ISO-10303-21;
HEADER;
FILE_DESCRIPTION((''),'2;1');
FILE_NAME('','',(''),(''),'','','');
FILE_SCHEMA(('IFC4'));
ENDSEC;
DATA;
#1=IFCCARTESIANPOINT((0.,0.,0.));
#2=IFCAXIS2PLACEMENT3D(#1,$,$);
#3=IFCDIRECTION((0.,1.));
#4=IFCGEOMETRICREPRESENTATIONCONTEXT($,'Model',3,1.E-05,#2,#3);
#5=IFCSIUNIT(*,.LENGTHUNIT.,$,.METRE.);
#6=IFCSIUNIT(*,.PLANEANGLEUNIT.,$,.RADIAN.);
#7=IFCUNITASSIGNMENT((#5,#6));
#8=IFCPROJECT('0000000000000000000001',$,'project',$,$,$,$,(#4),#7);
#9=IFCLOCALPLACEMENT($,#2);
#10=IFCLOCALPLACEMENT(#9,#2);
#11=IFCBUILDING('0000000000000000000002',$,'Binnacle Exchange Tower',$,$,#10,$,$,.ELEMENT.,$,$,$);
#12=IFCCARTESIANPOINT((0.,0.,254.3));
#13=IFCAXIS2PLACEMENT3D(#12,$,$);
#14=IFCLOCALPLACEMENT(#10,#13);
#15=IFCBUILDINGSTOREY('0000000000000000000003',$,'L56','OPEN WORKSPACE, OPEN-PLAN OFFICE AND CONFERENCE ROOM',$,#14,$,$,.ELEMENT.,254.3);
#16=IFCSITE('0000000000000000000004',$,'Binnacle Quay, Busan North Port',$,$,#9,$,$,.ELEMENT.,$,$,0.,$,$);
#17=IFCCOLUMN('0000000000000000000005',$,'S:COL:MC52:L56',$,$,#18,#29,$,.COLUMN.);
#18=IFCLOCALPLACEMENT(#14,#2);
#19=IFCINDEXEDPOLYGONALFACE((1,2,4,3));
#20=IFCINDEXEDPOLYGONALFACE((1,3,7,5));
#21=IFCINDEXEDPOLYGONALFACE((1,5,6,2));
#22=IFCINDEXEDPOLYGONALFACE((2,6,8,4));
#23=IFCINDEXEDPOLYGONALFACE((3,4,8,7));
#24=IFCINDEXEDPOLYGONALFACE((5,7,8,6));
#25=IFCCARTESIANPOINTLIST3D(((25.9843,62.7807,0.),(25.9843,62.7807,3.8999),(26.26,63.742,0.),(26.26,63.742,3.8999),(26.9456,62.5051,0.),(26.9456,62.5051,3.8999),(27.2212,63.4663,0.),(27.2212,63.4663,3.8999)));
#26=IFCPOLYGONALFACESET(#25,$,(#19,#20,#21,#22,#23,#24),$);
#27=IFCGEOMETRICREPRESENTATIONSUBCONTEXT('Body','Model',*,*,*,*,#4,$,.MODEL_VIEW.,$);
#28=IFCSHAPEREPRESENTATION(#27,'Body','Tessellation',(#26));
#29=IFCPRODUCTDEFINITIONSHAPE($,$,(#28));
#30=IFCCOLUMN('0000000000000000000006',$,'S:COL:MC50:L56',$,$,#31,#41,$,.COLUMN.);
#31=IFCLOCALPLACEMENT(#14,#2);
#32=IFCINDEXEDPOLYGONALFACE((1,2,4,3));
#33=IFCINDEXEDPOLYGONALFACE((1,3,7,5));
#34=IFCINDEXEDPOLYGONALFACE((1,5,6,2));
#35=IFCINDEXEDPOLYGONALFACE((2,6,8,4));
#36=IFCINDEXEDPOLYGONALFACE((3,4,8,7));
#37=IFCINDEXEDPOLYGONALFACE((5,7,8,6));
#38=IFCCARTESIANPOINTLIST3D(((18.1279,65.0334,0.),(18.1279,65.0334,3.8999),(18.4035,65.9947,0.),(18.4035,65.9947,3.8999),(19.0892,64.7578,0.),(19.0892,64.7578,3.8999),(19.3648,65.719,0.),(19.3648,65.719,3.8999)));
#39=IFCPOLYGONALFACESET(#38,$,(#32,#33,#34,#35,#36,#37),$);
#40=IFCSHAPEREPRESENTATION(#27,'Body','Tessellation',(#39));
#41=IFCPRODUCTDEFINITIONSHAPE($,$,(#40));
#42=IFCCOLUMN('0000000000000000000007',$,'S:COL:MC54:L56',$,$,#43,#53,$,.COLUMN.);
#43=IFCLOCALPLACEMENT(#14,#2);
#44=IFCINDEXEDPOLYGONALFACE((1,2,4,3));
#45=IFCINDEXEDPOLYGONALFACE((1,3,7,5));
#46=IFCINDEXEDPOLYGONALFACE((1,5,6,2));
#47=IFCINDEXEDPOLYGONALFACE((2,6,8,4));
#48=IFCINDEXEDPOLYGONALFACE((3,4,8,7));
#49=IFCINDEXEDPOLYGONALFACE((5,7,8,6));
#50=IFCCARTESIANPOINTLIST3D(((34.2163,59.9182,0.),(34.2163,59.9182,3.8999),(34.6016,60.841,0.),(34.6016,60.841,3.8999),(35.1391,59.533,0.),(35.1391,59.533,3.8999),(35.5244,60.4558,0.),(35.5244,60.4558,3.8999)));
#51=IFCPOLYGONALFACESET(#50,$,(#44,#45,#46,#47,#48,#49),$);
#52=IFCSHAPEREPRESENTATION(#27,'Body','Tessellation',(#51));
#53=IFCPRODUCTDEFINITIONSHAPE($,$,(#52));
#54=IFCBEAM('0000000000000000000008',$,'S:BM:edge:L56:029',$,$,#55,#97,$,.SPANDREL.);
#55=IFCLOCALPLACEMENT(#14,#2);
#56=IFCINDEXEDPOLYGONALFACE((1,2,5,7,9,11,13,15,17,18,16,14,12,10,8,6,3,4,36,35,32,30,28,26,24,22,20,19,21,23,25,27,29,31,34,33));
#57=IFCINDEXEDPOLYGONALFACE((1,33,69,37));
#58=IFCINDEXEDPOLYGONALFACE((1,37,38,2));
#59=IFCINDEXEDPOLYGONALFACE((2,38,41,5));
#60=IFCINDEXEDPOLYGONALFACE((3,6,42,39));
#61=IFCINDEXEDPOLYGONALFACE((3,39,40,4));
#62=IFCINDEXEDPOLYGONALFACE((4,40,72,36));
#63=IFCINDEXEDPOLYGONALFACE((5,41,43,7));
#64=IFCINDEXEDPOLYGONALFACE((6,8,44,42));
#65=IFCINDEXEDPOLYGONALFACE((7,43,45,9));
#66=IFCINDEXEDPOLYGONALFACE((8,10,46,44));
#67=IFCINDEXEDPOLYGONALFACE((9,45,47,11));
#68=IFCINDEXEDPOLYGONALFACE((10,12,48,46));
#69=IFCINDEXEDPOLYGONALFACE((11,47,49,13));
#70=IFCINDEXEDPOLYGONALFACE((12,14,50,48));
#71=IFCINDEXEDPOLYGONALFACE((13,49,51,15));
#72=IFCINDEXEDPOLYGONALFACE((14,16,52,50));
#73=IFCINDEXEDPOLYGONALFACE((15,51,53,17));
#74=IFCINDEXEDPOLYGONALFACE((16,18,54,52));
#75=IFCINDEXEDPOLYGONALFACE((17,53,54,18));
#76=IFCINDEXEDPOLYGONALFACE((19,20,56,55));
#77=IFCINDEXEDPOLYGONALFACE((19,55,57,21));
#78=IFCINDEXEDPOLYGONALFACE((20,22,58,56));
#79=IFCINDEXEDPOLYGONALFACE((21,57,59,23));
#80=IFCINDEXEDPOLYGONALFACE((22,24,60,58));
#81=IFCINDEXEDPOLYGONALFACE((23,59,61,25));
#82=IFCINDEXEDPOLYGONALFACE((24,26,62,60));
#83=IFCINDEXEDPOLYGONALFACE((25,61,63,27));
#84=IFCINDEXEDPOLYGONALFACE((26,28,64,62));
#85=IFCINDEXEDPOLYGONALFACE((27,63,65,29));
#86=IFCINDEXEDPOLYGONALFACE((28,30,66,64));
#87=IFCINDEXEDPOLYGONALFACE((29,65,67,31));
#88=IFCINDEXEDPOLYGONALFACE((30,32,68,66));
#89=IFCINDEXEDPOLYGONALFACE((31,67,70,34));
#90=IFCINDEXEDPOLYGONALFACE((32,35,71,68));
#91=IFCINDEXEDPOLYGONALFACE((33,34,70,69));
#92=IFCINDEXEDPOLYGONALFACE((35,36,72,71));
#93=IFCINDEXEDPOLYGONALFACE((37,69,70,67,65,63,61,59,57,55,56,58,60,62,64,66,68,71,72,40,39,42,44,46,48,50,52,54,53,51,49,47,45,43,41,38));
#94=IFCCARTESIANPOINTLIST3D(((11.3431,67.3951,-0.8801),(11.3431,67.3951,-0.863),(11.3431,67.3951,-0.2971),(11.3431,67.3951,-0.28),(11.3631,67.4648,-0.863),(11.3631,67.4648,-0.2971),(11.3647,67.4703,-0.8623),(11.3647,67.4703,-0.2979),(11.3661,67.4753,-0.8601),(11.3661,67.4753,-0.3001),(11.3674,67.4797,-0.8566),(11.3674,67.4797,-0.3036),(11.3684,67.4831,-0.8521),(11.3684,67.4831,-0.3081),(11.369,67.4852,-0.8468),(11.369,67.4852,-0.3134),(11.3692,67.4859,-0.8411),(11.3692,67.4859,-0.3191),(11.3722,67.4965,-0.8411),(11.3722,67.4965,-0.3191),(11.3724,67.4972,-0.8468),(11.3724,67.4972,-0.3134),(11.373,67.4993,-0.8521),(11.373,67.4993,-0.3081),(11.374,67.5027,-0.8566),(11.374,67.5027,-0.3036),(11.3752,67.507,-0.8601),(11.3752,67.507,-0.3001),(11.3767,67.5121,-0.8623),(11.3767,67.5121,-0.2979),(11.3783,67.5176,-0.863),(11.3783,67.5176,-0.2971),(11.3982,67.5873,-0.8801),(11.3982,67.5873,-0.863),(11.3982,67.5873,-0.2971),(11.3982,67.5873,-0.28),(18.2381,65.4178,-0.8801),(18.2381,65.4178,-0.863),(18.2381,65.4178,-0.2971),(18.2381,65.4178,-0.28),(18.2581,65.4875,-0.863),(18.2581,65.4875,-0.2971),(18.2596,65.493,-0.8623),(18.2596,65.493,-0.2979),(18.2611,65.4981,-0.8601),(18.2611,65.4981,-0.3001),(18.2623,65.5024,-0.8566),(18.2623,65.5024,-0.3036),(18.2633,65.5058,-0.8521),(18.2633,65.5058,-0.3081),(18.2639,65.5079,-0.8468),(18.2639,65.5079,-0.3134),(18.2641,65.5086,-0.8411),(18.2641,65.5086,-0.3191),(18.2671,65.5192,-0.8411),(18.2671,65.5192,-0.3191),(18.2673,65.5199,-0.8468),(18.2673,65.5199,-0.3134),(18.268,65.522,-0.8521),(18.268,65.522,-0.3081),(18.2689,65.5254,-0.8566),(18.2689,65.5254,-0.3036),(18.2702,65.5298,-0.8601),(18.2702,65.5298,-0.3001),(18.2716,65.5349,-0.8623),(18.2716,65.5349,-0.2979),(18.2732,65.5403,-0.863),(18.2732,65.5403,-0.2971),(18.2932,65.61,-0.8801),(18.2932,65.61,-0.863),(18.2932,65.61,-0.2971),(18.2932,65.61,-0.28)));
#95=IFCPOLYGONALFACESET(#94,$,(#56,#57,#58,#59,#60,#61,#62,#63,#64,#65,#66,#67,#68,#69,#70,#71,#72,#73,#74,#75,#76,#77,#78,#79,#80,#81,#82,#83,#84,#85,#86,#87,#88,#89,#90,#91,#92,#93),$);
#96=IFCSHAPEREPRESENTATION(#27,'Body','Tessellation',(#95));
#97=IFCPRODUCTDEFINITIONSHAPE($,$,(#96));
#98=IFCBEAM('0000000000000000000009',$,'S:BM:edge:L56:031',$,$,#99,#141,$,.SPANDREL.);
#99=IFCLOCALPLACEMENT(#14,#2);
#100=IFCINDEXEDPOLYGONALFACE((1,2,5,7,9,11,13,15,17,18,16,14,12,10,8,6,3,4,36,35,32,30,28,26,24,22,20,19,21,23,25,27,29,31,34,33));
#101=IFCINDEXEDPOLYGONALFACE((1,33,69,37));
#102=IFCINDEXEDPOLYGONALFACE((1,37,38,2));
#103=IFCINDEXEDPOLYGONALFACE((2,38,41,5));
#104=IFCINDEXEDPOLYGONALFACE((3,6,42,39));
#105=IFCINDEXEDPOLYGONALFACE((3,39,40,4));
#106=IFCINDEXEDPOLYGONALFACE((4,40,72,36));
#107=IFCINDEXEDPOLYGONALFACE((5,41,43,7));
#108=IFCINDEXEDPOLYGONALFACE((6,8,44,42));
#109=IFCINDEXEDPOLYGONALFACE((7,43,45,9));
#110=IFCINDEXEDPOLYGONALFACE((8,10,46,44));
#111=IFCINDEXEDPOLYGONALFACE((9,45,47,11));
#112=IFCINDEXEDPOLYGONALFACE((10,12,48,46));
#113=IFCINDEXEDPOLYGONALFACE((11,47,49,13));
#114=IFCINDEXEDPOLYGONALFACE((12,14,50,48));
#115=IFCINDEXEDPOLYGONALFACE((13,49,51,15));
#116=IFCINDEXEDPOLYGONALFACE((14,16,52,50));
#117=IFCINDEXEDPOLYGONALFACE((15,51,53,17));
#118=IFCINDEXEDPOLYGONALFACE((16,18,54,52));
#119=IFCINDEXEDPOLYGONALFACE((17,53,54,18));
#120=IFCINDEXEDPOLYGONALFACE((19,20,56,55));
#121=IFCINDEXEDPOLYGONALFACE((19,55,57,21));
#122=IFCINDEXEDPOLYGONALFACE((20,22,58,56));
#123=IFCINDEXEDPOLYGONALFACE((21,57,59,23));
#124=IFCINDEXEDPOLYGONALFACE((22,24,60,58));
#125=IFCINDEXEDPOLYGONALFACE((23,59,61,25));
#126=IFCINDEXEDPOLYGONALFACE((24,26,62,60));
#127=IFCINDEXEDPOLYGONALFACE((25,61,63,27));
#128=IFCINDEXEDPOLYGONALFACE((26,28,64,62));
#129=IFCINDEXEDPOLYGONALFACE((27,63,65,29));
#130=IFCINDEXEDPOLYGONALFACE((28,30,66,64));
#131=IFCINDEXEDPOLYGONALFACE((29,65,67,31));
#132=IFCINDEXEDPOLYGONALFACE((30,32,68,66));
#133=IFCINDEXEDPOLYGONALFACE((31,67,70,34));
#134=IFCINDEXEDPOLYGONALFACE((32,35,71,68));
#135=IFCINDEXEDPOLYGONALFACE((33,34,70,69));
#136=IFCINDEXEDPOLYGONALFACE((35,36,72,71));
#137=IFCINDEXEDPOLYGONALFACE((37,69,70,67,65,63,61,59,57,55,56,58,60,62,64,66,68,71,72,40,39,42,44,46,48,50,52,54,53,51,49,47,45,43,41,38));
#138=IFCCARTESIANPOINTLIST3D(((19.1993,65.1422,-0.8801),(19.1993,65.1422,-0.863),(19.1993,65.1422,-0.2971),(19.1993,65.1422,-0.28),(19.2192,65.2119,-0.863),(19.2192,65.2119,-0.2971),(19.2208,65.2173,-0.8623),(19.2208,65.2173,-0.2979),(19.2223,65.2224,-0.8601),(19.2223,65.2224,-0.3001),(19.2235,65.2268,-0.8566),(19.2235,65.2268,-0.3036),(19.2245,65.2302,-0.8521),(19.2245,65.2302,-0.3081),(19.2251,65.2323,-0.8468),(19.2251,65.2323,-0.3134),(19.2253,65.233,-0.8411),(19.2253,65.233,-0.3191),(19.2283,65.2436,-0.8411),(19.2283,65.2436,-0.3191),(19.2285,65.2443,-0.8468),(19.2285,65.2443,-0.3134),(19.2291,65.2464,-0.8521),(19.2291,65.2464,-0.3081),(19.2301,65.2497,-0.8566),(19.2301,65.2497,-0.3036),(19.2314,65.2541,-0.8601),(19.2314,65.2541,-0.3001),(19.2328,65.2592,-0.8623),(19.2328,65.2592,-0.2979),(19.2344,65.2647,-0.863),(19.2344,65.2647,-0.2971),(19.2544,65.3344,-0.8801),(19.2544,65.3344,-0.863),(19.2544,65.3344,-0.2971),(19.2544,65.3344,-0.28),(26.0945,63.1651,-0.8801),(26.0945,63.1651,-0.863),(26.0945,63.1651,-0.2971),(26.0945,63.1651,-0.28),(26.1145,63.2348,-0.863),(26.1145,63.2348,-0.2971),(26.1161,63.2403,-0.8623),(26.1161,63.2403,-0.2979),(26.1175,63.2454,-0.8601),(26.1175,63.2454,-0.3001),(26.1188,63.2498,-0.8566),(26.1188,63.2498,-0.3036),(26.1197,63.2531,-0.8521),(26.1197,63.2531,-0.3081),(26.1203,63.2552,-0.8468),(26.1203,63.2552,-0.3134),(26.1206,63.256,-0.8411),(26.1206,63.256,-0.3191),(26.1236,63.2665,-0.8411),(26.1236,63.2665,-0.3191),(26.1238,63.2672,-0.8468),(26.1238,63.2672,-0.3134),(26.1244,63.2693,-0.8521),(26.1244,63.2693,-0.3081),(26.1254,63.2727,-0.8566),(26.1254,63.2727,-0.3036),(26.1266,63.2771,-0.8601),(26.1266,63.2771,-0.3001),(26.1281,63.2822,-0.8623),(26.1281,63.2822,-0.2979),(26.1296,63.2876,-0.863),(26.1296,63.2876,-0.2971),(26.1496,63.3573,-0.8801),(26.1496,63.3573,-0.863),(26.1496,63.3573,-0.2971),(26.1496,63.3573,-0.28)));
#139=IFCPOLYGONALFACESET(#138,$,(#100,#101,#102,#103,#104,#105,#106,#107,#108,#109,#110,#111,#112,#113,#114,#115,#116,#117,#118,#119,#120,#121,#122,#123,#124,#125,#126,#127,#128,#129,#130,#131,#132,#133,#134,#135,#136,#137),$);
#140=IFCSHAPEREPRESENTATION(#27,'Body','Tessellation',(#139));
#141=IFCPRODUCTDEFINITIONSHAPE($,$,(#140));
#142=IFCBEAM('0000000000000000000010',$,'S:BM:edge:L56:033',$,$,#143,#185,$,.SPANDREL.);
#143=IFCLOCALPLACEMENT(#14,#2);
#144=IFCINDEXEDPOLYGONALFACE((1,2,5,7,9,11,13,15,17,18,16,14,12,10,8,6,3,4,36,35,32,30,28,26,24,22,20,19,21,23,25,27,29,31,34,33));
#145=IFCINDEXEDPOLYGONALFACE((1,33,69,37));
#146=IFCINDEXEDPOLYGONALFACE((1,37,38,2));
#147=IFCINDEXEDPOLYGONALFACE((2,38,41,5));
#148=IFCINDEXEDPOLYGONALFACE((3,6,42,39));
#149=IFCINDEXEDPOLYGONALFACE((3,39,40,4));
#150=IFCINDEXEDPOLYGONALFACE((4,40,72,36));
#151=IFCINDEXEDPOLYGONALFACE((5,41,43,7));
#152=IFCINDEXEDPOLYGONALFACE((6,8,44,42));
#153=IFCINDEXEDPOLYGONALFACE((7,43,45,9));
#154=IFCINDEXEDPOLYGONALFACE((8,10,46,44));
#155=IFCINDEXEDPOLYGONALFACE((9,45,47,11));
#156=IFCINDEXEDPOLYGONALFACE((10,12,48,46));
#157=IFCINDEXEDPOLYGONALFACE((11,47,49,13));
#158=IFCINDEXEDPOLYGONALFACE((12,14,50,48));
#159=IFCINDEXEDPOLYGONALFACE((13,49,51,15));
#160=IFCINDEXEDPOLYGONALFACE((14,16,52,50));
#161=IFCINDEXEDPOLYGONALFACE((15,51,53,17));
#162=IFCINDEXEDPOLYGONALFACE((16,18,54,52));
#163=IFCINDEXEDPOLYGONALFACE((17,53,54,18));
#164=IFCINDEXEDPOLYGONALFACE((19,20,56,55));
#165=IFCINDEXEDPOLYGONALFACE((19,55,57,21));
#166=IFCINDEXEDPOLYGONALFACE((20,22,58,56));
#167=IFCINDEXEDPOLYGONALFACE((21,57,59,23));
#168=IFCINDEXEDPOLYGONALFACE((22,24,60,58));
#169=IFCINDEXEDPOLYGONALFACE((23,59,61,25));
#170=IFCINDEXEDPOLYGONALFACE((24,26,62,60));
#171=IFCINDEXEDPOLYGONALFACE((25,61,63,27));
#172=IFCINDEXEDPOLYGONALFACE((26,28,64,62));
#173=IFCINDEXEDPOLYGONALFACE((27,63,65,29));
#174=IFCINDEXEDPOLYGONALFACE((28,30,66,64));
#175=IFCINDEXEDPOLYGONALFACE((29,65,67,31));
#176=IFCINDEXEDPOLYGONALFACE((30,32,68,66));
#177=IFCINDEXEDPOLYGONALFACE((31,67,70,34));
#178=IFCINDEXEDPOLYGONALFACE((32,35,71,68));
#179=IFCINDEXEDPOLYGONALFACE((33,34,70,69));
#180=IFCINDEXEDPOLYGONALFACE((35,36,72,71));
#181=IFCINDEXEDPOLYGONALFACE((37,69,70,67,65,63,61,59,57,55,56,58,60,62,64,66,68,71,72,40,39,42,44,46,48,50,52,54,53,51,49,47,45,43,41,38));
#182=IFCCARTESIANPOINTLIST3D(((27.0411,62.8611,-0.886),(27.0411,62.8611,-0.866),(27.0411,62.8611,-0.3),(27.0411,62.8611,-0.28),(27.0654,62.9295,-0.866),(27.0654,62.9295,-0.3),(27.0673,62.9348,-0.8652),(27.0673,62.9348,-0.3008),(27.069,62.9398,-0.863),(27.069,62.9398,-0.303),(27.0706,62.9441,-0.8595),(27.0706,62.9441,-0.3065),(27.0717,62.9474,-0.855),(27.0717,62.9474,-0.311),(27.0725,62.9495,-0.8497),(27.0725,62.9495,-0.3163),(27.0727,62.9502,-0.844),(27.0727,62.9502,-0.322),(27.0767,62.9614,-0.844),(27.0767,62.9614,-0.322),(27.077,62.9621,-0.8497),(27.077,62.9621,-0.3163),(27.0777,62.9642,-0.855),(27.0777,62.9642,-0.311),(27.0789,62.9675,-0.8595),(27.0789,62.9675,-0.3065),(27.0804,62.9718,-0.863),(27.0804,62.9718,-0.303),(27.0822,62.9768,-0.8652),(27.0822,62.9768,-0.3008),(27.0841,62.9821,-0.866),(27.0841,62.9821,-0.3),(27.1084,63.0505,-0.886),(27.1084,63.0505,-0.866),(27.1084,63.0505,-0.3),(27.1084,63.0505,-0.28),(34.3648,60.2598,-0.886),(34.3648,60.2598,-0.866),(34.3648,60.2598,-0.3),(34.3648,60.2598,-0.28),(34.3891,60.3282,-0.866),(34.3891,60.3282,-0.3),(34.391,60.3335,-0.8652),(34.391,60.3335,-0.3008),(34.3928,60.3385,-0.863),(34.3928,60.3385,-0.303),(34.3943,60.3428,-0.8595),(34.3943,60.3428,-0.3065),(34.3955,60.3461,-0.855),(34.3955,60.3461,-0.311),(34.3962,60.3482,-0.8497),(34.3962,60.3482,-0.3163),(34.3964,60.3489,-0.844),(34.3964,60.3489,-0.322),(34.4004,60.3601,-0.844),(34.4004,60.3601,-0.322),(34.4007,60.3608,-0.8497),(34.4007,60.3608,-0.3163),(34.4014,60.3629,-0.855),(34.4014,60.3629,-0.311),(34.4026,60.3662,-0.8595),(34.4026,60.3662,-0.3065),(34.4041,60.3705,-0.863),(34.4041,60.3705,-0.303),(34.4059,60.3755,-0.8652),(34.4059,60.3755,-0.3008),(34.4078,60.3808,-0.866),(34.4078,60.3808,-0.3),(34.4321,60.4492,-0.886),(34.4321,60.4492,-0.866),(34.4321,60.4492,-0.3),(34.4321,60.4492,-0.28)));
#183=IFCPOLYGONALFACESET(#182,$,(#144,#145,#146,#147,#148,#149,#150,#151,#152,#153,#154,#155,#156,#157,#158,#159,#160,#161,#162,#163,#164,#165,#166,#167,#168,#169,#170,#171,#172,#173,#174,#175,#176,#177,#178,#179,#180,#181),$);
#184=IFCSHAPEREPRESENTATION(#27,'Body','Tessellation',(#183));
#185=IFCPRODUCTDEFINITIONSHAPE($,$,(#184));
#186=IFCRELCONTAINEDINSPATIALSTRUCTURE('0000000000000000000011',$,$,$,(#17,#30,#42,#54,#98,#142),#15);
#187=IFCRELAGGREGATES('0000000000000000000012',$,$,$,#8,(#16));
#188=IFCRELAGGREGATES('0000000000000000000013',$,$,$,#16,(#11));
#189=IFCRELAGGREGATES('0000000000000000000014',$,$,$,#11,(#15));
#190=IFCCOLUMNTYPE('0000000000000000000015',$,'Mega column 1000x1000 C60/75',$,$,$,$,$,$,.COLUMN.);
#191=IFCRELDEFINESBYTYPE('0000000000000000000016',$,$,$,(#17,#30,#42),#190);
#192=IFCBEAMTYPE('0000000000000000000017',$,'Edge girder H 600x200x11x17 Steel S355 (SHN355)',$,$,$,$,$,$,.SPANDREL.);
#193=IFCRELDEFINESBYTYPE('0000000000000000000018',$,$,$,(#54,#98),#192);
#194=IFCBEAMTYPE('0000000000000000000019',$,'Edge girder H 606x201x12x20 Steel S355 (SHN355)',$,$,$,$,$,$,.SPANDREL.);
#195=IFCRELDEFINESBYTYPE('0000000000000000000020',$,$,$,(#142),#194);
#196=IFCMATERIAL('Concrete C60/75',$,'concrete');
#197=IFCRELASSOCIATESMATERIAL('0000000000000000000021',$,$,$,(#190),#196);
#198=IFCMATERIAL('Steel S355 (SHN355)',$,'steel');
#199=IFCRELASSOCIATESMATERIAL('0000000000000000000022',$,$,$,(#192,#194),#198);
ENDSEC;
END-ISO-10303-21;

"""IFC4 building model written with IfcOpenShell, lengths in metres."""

from ifc_helpers import new_model, si_unit, direction, frame, origin, origin_2d, place, context, subcontext, project, spatial, rectangle, i_section, extrude, material, material_profile, profile_set, type_object, element, save


model = new_model("IFC4")

# Units and contexts
model_context = context("Model", 3, precision=1e-05, world=origin(), true_north=direction((0.0, 1.0)))
body_context = subcontext(model_context, "Body", "Model", "MODEL_VIEW")
ifc_project = project(units=[si_unit("LENGTHUNIT", "METRE"), si_unit("PLANEANGLEUNIT", "RADIAN")], contexts=[model_context])

# Site, building, storey
site_placement = place(None, origin())
site = spatial("IfcSite", under=ifc_project, at=site_placement, Name="Binnacle Quay, Busan North Port", CompositionType="ELEMENT", RefElevation=0.0)
building_placement = place(site_placement, origin())
building = spatial("IfcBuilding", under=site, at=building_placement, Name="Binnacle Exchange Tower", CompositionType="ELEMENT")
storey_placement = place(building_placement, frame((0.0, 0.0, 254.3)))
storey = spatial("IfcBuildingStorey", under=building, at=storey_placement, Name="L56", Description="OPEN WORKSPACE, OPEN-PLAN OFFICE AND CONFERENCE ROOM", CompositionType="ELEMENT", Elevation=254.3)

# Columns
ifc_material_1 = material(Name="Concrete C60/75", Category="concrete")
ifc_material_profile_1 = material_profile(ifc_material_1, rectangle(XDim=1.0, YDim=1.0, at=origin_2d()), Name="Mega column 1000x1000 C60/75")
ifc_profile_set_1 = profile_set([ifc_material_profile_1], Name="Concrete C60/75")
column_type = type_object("IfcColumnType", Name="Mega column 1000x1000 C60/75", PredefinedType="COLUMN", material=ifc_profile_set_1)
for number, where, z_axis, x_axis, name in (
    (1, (26.6028, 63.1235, 0.0), (0.0, 0.0, 1.0), (-0.961262, 0.275637, 0.0), "S:COL:MC52:L56"),
    (2, (18.7463, 65.3762, 0.0), (0.0, 0.0, 1.0), (-0.961262, 0.275637, 0.0), "S:COL:MC50:L56"),
    (3, (34.8704, 60.187, 0.0), (0.0, 0.0, 1.0), (-0.922814, 0.385246, 0.0), "S:COL:MC54:L56"),
):
    element("IfcColumn", number, at=place(storey_placement, frame(where, z_axis=z_axis, x_axis=x_axis)), inside=storey, type_object=column_type, Name=name, PredefinedType="COLUMN", context=body_context, shape_type="SweptSolid", body=[
        extrude(rectangle(XDim=1.0, YDim=1.0, at=origin_2d()), origin(), (0.0, 0.0, 1.0), 3.8999),
    ])

# Beams
ifc_material_2 = material(Name="Steel S355 (SHN355)", Category="steel")
ifc_material_profile_2 = material_profile(ifc_material_2, i_section(OverallWidth=0.2, OverallDepth=0.6001, WebThickness=0.011, FlangeThickness=0.0171, FilletRadius=0.022, at=origin_2d()), Name="H 600x200x11x17")
ifc_profile_set_2 = profile_set([ifc_material_profile_2], Name="Steel S355 (SHN355)")
beam_type_1 = type_object("IfcBeamType", Name="Edge girder H 600x200x11x17 Steel S355 (SHN355)", PredefinedType="SPANDREL", material=ifc_profile_set_2)
beam_1_placement = place(storey_placement, frame((18.2656, 65.5139, -0.5801), z_axis=(-0.961255, 0.275661, 0.0), x_axis=(-0.275661, -0.961255, 0.0)))
element("IfcBeam", 4, at=beam_1_placement, inside=storey, type_object=beam_type_1, Name="S:BM:edge:L56:029", PredefinedType="SPANDREL", context=body_context, shape_type="SweptSolid", body=[
    extrude(i_section(OverallWidth=0.2, OverallDepth=0.6001, WebThickness=0.011, FlangeThickness=0.0171, FilletRadius=0.022, at=origin_2d()), origin(), (0.0, 0.0, 1.0), 7.1729),
])
beam_2_placement = place(storey_placement, frame((26.1221, 63.2612, -0.5801), z_axis=(-0.961267, 0.27562, 0.0), x_axis=(-0.27562, -0.961267, 0.0)))
element("IfcBeam", 5, at=beam_2_placement, inside=storey, type_object=beam_type_1, Name="S:BM:edge:L56:031", PredefinedType="SPANDREL", context=body_context, shape_type="SweptSolid", body=[
    extrude(i_section(OverallWidth=0.2, OverallDepth=0.6001, WebThickness=0.011, FlangeThickness=0.0171, FilletRadius=0.022, at=origin_2d()), origin(), (0.0, 0.0, 1.0), 7.1731),
])
ifc_material_profile_3 = material_profile(ifc_material_2, i_section(OverallWidth=0.2009, OverallDepth=0.606, WebThickness=0.012, FlangeThickness=0.02, FilletRadius=0.022, at=origin_2d()), Name="H 606x201x12x20")
ifc_profile_set_3 = profile_set([ifc_material_profile_3], Name="Steel S355 (SHN355)")
beam_type_2 = type_object("IfcBeamType", Name="Edge girder H 606x201x12x20 Steel S355 (SHN355)", PredefinedType="SPANDREL", material=ifc_profile_set_3)
beam_3_placement = place(storey_placement, frame((34.3984, 60.3545, -0.583), z_axis=(-0.942323, 0.334704, 0.0), x_axis=(-0.334704, -0.942323, 0.0)))
element("IfcBeam", 6, at=beam_3_placement, inside=storey, type_object=beam_type_2, Name="S:BM:edge:L56:033", PredefinedType="SPANDREL", context=body_context, shape_type="SweptSolid", body=[
    extrude(i_section(OverallWidth=0.2009, OverallDepth=0.606, WebThickness=0.012, FlangeThickness=0.02, FilletRadius=0.022, at=origin_2d()), origin(), (0.0, 0.0, 1.0), 7.772),
])

save(model, "model.ifc")
